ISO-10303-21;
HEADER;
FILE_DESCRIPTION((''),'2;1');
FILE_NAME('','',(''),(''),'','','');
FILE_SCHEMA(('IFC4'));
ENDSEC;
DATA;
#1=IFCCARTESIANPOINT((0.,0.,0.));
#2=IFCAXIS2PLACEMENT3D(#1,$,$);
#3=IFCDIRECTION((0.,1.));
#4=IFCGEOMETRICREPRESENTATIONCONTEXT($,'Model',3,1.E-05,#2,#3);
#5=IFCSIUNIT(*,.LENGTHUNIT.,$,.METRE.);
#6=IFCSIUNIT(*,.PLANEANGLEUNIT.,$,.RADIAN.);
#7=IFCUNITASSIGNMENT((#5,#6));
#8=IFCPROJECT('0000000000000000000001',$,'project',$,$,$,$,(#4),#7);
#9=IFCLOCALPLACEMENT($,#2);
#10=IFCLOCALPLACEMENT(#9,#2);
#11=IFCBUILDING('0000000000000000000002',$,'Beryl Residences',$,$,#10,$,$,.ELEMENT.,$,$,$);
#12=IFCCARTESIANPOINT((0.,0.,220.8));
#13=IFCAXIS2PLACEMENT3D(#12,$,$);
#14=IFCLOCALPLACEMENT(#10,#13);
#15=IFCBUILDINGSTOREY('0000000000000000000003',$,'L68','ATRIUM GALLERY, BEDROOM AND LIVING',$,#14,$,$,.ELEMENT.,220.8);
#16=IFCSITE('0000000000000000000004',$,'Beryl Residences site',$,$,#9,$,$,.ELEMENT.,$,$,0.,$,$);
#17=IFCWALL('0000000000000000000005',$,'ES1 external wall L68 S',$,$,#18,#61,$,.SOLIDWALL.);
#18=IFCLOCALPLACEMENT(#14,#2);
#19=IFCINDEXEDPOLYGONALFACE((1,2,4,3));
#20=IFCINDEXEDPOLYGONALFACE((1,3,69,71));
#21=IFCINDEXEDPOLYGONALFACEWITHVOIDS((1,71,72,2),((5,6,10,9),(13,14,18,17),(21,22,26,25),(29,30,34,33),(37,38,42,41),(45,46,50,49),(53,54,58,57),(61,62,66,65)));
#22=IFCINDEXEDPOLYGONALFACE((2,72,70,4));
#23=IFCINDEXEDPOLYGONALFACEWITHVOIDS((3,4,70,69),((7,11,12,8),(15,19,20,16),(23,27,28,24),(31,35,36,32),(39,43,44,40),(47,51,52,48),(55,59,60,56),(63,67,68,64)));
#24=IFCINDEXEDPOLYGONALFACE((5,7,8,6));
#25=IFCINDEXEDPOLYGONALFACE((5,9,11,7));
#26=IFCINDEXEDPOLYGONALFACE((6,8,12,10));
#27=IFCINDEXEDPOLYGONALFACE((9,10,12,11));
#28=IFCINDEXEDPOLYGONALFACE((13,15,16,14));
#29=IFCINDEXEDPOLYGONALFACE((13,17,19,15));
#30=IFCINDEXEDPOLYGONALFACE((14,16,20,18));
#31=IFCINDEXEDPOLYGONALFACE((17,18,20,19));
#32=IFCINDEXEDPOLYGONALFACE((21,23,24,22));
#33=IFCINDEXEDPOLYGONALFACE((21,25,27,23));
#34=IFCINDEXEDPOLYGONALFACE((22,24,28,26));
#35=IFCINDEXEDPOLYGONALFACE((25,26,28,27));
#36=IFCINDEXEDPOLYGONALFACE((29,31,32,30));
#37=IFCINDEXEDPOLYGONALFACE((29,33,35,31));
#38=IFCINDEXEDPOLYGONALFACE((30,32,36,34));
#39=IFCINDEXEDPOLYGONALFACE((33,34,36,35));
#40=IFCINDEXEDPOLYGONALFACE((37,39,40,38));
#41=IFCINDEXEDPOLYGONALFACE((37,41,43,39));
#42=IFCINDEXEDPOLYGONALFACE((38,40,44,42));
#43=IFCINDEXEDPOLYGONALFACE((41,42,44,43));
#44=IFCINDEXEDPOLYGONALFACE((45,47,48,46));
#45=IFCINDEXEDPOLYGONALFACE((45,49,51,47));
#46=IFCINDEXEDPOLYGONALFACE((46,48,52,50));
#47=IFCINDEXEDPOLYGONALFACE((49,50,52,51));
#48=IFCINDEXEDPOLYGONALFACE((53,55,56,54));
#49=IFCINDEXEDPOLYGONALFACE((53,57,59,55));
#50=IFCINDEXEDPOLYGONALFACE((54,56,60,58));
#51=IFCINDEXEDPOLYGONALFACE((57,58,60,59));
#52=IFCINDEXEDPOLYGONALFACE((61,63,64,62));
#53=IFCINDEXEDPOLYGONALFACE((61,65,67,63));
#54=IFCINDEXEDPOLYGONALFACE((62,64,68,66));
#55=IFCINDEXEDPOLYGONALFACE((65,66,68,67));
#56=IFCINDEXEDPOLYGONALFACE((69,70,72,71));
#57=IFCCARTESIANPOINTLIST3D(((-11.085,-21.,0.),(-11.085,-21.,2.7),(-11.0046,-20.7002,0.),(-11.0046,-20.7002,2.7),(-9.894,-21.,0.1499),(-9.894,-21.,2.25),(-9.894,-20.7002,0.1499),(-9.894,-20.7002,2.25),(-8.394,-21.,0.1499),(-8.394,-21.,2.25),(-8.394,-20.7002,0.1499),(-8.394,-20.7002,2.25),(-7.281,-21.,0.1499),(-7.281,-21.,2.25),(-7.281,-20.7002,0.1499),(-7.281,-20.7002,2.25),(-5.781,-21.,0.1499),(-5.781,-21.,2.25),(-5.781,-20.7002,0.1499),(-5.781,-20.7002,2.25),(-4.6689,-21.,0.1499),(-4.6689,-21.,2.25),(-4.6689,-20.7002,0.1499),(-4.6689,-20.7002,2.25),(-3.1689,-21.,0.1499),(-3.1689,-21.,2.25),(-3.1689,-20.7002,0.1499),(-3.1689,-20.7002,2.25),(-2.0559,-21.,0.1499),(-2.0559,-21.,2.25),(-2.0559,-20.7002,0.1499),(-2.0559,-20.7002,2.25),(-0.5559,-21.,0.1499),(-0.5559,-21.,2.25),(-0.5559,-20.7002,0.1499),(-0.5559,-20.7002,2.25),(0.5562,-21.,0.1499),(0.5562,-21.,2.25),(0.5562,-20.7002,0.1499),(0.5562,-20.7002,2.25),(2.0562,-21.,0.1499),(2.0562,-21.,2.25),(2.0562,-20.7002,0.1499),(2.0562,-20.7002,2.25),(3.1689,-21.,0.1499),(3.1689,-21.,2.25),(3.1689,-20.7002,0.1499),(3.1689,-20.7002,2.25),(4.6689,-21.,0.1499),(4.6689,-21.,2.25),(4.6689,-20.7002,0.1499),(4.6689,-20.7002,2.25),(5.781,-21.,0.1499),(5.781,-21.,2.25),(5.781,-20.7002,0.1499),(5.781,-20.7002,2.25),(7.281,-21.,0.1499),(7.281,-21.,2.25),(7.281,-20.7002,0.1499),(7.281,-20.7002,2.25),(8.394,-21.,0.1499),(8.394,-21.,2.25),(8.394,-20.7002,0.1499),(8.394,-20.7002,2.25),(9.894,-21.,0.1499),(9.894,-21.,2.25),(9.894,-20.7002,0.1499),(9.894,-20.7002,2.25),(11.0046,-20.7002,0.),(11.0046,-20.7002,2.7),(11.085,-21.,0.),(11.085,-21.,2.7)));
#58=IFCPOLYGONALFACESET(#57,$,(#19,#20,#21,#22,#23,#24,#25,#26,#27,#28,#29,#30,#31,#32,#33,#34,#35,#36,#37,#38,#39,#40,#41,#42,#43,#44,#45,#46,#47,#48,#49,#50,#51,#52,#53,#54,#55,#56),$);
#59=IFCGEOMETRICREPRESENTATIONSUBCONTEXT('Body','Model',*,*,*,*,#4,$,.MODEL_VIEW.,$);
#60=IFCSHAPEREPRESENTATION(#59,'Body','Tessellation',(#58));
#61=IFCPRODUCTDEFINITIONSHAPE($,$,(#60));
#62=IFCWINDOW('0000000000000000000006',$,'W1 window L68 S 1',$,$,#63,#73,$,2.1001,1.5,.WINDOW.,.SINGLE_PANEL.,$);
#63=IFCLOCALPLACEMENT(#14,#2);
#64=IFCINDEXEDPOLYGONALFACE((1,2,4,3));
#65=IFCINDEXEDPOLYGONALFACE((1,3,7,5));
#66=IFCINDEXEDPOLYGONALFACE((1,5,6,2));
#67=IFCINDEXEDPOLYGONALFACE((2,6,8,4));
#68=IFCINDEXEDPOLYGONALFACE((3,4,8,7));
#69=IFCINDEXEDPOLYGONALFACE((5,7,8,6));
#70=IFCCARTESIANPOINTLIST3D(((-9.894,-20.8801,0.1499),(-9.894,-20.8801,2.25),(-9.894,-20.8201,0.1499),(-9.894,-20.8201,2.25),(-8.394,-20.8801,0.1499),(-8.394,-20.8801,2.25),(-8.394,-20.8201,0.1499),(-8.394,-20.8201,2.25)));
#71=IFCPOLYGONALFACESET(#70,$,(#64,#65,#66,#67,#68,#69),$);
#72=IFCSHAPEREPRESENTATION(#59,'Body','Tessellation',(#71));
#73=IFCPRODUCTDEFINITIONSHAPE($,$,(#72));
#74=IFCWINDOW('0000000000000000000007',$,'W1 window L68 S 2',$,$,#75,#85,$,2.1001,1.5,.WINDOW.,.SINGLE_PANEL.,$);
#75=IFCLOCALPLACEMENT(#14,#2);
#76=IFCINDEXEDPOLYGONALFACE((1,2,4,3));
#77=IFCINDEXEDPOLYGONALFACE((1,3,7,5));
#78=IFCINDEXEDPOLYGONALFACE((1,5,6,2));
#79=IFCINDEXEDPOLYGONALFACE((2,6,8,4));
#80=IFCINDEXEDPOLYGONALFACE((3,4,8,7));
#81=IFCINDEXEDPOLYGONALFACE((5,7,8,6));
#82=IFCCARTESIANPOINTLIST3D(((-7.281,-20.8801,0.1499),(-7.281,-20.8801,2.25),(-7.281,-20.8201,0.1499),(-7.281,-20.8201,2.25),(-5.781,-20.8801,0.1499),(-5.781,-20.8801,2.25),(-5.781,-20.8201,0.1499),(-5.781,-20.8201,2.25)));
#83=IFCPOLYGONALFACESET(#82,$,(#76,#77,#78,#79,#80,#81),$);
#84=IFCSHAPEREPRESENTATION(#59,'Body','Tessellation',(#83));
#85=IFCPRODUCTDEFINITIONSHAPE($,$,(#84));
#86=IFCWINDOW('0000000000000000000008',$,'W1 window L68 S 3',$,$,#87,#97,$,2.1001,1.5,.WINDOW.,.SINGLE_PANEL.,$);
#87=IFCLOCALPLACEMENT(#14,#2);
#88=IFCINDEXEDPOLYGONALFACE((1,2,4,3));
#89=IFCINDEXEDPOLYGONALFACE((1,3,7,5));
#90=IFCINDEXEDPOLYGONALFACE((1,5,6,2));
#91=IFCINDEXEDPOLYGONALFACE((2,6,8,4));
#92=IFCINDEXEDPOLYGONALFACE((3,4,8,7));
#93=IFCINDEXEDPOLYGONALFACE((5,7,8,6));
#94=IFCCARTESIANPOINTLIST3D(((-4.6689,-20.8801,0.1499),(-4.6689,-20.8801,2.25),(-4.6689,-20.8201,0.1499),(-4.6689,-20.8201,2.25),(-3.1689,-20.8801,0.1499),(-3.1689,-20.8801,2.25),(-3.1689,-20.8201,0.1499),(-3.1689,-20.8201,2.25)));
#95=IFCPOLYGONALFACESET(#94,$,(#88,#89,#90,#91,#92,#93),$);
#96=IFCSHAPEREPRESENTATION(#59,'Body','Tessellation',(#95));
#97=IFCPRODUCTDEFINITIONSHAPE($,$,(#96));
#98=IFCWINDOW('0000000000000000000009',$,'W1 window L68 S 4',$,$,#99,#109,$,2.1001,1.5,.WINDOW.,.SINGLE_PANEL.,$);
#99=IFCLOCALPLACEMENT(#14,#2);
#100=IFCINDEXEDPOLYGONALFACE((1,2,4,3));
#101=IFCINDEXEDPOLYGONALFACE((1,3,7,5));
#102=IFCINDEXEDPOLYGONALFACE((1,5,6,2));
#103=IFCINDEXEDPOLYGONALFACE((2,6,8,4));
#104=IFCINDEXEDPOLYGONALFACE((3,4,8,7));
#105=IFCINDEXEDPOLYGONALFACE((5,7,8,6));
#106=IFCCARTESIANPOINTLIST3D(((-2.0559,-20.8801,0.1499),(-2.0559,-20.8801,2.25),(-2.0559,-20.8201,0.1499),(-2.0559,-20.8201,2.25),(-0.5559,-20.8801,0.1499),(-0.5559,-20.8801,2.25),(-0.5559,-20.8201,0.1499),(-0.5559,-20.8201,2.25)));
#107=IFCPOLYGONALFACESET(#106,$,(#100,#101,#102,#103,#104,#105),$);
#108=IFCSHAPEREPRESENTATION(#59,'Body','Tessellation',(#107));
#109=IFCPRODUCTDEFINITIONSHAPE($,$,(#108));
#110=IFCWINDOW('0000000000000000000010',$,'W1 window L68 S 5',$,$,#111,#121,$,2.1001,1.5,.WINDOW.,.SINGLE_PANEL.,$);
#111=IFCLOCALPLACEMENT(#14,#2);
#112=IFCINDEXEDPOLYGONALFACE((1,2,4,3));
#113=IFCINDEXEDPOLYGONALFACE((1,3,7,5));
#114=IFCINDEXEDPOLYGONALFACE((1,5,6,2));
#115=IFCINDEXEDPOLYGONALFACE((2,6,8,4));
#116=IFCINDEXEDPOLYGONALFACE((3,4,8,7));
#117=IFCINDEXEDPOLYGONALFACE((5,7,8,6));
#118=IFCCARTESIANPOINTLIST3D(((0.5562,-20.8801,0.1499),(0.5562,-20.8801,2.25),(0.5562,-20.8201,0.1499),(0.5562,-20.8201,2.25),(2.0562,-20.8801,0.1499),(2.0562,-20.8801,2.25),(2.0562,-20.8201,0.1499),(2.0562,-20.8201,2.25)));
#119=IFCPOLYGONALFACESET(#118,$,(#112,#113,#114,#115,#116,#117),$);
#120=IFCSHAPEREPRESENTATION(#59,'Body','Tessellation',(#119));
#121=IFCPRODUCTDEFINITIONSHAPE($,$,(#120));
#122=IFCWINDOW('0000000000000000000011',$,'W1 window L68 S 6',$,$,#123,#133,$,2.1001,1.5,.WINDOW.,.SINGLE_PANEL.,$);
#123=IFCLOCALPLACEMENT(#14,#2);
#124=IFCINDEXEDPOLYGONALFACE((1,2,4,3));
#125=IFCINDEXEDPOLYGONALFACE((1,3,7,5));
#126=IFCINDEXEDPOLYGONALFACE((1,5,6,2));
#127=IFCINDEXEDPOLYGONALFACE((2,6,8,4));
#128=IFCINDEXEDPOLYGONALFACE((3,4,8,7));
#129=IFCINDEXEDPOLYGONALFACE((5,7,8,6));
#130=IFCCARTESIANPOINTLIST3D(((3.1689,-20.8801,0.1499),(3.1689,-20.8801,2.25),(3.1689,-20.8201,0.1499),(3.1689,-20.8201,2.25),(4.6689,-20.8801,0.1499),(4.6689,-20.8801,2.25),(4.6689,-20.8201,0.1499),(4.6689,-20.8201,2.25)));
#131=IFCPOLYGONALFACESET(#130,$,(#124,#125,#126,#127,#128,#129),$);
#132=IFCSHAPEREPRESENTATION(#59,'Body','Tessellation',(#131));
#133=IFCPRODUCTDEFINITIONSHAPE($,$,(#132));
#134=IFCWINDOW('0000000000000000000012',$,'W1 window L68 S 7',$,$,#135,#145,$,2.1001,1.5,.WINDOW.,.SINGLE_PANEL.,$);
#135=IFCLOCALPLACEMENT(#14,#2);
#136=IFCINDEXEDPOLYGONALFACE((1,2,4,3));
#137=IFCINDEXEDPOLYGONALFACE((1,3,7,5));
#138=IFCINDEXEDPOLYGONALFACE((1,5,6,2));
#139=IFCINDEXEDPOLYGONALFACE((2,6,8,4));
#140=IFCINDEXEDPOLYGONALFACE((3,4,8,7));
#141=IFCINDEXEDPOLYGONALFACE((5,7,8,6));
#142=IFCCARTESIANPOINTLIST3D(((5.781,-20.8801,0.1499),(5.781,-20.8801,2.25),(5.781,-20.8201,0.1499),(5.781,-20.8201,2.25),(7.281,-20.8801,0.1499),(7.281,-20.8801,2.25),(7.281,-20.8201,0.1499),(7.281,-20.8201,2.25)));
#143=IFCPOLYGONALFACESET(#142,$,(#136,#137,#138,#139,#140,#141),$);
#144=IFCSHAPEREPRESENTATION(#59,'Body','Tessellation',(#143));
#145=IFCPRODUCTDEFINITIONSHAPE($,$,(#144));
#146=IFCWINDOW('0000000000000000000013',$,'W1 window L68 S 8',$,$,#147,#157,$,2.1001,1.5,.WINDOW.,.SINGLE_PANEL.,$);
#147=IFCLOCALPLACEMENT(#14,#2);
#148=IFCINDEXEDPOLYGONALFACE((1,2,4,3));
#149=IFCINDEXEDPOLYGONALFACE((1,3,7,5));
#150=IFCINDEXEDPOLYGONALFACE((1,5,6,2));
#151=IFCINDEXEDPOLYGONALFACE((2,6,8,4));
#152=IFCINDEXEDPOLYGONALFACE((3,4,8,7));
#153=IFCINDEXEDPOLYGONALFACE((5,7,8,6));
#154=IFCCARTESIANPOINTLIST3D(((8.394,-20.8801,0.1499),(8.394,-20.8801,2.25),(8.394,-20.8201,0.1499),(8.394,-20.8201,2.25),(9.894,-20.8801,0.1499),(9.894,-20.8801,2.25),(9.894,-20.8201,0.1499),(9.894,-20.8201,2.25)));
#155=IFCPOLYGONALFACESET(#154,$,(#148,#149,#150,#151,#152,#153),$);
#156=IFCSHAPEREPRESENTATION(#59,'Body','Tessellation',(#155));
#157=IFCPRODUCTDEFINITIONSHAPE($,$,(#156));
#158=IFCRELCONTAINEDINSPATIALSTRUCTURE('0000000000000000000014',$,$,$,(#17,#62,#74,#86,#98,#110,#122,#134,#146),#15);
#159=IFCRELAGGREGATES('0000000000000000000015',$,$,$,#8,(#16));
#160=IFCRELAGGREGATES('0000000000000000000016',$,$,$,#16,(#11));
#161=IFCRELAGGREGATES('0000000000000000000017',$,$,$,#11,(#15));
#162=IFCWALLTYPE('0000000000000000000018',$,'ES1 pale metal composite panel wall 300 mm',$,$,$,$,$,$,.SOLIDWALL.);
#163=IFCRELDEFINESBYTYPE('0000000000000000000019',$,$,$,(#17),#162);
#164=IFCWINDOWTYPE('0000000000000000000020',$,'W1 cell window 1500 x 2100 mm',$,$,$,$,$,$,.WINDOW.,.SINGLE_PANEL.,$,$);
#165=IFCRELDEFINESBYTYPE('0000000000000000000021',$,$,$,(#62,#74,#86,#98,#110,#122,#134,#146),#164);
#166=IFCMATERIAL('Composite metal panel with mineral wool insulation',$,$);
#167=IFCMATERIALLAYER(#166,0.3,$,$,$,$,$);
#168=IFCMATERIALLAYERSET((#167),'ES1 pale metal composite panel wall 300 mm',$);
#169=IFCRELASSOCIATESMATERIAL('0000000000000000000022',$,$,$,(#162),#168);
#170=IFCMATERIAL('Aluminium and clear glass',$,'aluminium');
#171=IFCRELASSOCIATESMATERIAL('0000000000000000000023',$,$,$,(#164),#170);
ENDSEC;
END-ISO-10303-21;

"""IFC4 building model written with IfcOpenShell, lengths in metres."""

from ifc_helpers import new_model, si_unit, direction, frame, frame_2d, origin, place, context, subcontext, project, spatial, polyline, rectangle, outline, extrude, material, layer, layer_set, type_object, element, fill, save


model = new_model("IFC4")

# Units and contexts
model_context = context("Model", 3, precision=1e-05, world=origin(), true_north=direction((0.0, 1.0)))
body_context = subcontext(model_context, "Body", "Model", "MODEL_VIEW")
ifc_project = project(units=[si_unit("LENGTHUNIT", "METRE"), si_unit("PLANEANGLEUNIT", "RADIAN")], contexts=[model_context])

# Site, building, storey
site_placement = place(None, origin())
site = spatial("IfcSite", under=ifc_project, at=site_placement, Name="Beryl Residences site", CompositionType="ELEMENT", RefElevation=0.0)
building_placement = place(site_placement, origin())
building = spatial("IfcBuilding", under=site, at=building_placement, Name="Beryl Residences", CompositionType="ELEMENT")
storey_placement = place(building_placement, frame((0.0, 0.0, 220.8)))
storey = spatial("IfcBuildingStorey", under=building, at=storey_placement, Name="L68", Description="ATRIUM GALLERY, BEDROOM AND LIVING", CompositionType="ELEMENT", Elevation=220.8)

# Wall, openings, windows
ifc_material_1 = material(Name="Composite metal panel with mineral wool insulation")
ifc_layer_1 = layer(ifc_material_1, 0.3)
ifc_layer_set_1 = layer_set([ifc_layer_1], Name="ES1 pale metal composite panel wall 300 mm")
wall_type_1 = type_object("IfcWallType", Name="ES1 pale metal composite panel wall 300 mm", PredefinedType="SOLIDWALL", material=ifc_layer_set_1)
wall_1_placement = place(storey_placement, frame((-11.085, -20.8501, 0.0), z_axis=(0.0, 0.0, 1.0), x_axis=(1.0, 0.0, 0.0)))
wall_1 = element("IfcWall", 1, at=wall_1_placement, inside=storey, type_object=wall_type_1, Name="ES1 external wall L68 S", PredefinedType="SOLIDWALL", context=body_context, shape_type="SweptSolid", body=[
    extrude(outline(polyline([(0.0, -0.1499), (22.1699, -0.1499), (22.0896, 0.1499), (0.0803, 0.1499), (0.0, -0.1499)])), origin(), (0.0, 0.0, 1.0), 2.7),
])
opening_1_placement = place(wall_1_placement, frame((1.1909, 0.0, 0.1499)))
opening_1 = element("IfcOpeningElement", 2, at=opening_1_placement, cuts=wall_1, PredefinedType="OPENING", context=body_context, shape_type="SweptSolid", body=[
    extrude(rectangle(XDim=1.5, YDim=2.1001, at=frame_2d((0.75, 1.05))), frame((0.0, 0.1599, 0.0), z_axis=(0.0, -1.0, 0.0), x_axis=(1.0, 0.0, 0.0)), (0.0, 0.0, 1.0), 0.3201),
])
opening_2_placement = place(wall_1_placement, frame((3.804, 0.0, 0.1499)))
opening_2 = element("IfcOpeningElement", 3, at=opening_2_placement, cuts=wall_1, PredefinedType="OPENING", context=body_context, shape_type="SweptSolid", body=[
    extrude(rectangle(XDim=1.5, YDim=2.1001, at=frame_2d((0.75, 1.05))), frame((0.0, 0.1599, 0.0), z_axis=(0.0, -1.0, 0.0), x_axis=(1.0, 0.0, 0.0)), (0.0, 0.0, 1.0), 0.3201),
])
opening_3_placement = place(wall_1_placement, frame((6.416, 0.0, 0.1499)))
opening_3 = element("IfcOpeningElement", 4, at=opening_3_placement, cuts=wall_1, PredefinedType="OPENING", context=body_context, shape_type="SweptSolid", body=[
    extrude(rectangle(XDim=1.5, YDim=2.1001, at=frame_2d((0.75, 1.05))), frame((0.0, 0.1599, 0.0), z_axis=(0.0, -1.0, 0.0), x_axis=(1.0, 0.0, 0.0)), (0.0, 0.0, 1.0), 0.3201),
])
opening_4_placement = place(wall_1_placement, frame((9.0291, 0.0, 0.1499)))
opening_4 = element("IfcOpeningElement", 5, at=opening_4_placement, cuts=wall_1, PredefinedType="OPENING", context=body_context, shape_type="SweptSolid", body=[
    extrude(rectangle(XDim=1.5, YDim=2.1001, at=frame_2d((0.75, 1.05))), frame((0.0, 0.1599, 0.0), z_axis=(0.0, -1.0, 0.0), x_axis=(1.0, 0.0, 0.0)), (0.0, 0.0, 1.0), 0.3201),
])
opening_5_placement = place(wall_1_placement, frame((11.6411, 0.0, 0.1499)))
opening_5 = element("IfcOpeningElement", 6, at=opening_5_placement, cuts=wall_1, PredefinedType="OPENING", context=body_context, shape_type="SweptSolid", body=[
    extrude(rectangle(XDim=1.5, YDim=2.1001, at=frame_2d((0.75, 1.05))), frame((0.0, 0.1599, 0.0), z_axis=(0.0, -1.0, 0.0), x_axis=(1.0, 0.0, 0.0)), (0.0, 0.0, 1.0), 0.3201),
])
opening_6_placement = place(wall_1_placement, frame((14.2539, 0.0, 0.1499)))
opening_6 = element("IfcOpeningElement", 7, at=opening_6_placement, cuts=wall_1, PredefinedType="OPENING", context=body_context, shape_type="SweptSolid", body=[
    extrude(rectangle(XDim=1.5, YDim=2.1001, at=frame_2d((0.75, 1.05))), frame((0.0, 0.1599, 0.0), z_axis=(0.0, -1.0, 0.0), x_axis=(1.0, 0.0, 0.0)), (0.0, 0.0, 1.0), 0.3201),
])
opening_7_placement = place(wall_1_placement, frame((16.866, 0.0, 0.1499)))
opening_7 = element("IfcOpeningElement", 8, at=opening_7_placement, cuts=wall_1, PredefinedType="OPENING", context=body_context, shape_type="SweptSolid", body=[
    extrude(rectangle(XDim=1.5, YDim=2.1001, at=frame_2d((0.75, 1.05))), frame((0.0, 0.1599, 0.0), z_axis=(0.0, -1.0, 0.0), x_axis=(1.0, 0.0, 0.0)), (0.0, 0.0, 1.0), 0.3201),
])
opening_8_placement = place(wall_1_placement, frame((19.479, 0.0, 0.1499)))
opening_8 = element("IfcOpeningElement", 9, at=opening_8_placement, cuts=wall_1, PredefinedType="OPENING", context=body_context, shape_type="SweptSolid", body=[
    extrude(rectangle(XDim=1.5, YDim=2.1001, at=frame_2d((0.75, 1.05))), frame((0.0, 0.1599, 0.0), z_axis=(0.0, -1.0, 0.0), x_axis=(1.0, 0.0, 0.0)), (0.0, 0.0, 1.0), 0.3201),
])
ifc_material_2 = material(Name="Aluminium and clear glass", Category="aluminium")
window_type = type_object("IfcWindowType", Name="W1 cell window 1500 x 2100 mm", PartitioningType="SINGLE_PANEL", PredefinedType="WINDOW", material=ifc_material_2)
window_1_placement = place(opening_1_placement, origin())
window_1 = element("IfcWindow", 10, at=window_1_placement, inside=storey, type_object=window_type, Name="W1 window L68 S 1", OverallHeight=2.1001, OverallWidth=1.5, PartitioningType="SINGLE_PANEL", PredefinedType="WINDOW", context=body_context, shape_type="SweptSolid", body=[
    extrude(rectangle(XDim=1.5, YDim=2.1001, at=frame_2d((0.75, 1.05))), frame((0.0, 0.03, 0.0), z_axis=(0.0, -1.0, 0.0), x_axis=(1.0, 0.0, 0.0)), (0.0, 0.0, 1.0), 0.0601),
])
fill(opening_1, window_1)
window_2_placement = place(opening_2_placement, origin())
window_2 = element("IfcWindow", 11, at=window_2_placement, inside=storey, type_object=window_type, Name="W1 window L68 S 2", OverallHeight=2.1001, OverallWidth=1.5, PartitioningType="SINGLE_PANEL", PredefinedType="WINDOW", context=body_context, shape_type="SweptSolid", body=[
    extrude(rectangle(XDim=1.5, YDim=2.1001, at=frame_2d((0.75, 1.05))), frame((0.0, 0.03, 0.0), z_axis=(0.0, -1.0, 0.0), x_axis=(1.0, 0.0, 0.0)), (0.0, 0.0, 1.0), 0.0601),
])
fill(opening_2, window_2)
window_3_placement = place(opening_3_placement, origin())
window_3 = element("IfcWindow", 12, at=window_3_placement, inside=storey, type_object=window_type, Name="W1 window L68 S 3", OverallHeight=2.1001, OverallWidth=1.5, PartitioningType="SINGLE_PANEL", PredefinedType="WINDOW", context=body_context, shape_type="SweptSolid", body=[
    extrude(rectangle(XDim=1.5, YDim=2.1001, at=frame_2d((0.75, 1.05))), frame((0.0, 0.03, 0.0), z_axis=(0.0, -1.0, 0.0), x_axis=(1.0, 0.0, 0.0)), (0.0, 0.0, 1.0), 0.0601),
])
fill(opening_3, window_3)
window_4_placement = place(opening_4_placement, origin())
window_4 = element("IfcWindow", 13, at=window_4_placement, inside=storey, type_object=window_type, Name="W1 window L68 S 4", OverallHeight=2.1001, OverallWidth=1.5, PartitioningType="SINGLE_PANEL", PredefinedType="WINDOW", context=body_context, shape_type="SweptSolid", body=[
    extrude(rectangle(XDim=1.5, YDim=2.1001, at=frame_2d((0.75, 1.05))), frame((0.0, 0.03, 0.0), z_axis=(0.0, -1.0, 0.0), x_axis=(1.0, 0.0, 0.0)), (0.0, 0.0, 1.0), 0.0601),
])
fill(opening_4, window_4)
window_5_placement = place(opening_5_placement, origin())
window_5 = element("IfcWindow", 14, at=window_5_placement, inside=storey, type_object=window_type, Name="W1 window L68 S 5", OverallHeight=2.1001, OverallWidth=1.5, PartitioningType="SINGLE_PANEL", PredefinedType="WINDOW", context=body_context, shape_type="SweptSolid", body=[
    extrude(rectangle(XDim=1.5, YDim=2.1001, at=frame_2d((0.75, 1.05))), frame((0.0, 0.03, 0.0), z_axis=(0.0, -1.0, 0.0), x_axis=(1.0, 0.0, 0.0)), (0.0, 0.0, 1.0), 0.0601),
])
fill(opening_5, window_5)
window_6_placement = place(opening_6_placement, origin())
window_6 = element("IfcWindow", 15, at=window_6_placement, inside=storey, type_object=window_type, Name="W1 window L68 S 6", OverallHeight=2.1001, OverallWidth=1.5, PartitioningType="SINGLE_PANEL", PredefinedType="WINDOW", context=body_context, shape_type="SweptSolid", body=[
    extrude(rectangle(XDim=1.5, YDim=2.1001, at=frame_2d((0.75, 1.05))), frame((0.0, 0.03, 0.0), z_axis=(0.0, -1.0, 0.0), x_axis=(1.0, 0.0, 0.0)), (0.0, 0.0, 1.0), 0.0601),
])
fill(opening_6, window_6)
window_7_placement = place(opening_7_placement, origin())
window_7 = element("IfcWindow", 16, at=window_7_placement, inside=storey, type_object=window_type, Name="W1 window L68 S 7", OverallHeight=2.1001, OverallWidth=1.5, PartitioningType="SINGLE_PANEL", PredefinedType="WINDOW", context=body_context, shape_type="SweptSolid", body=[
    extrude(rectangle(XDim=1.5, YDim=2.1001, at=frame_2d((0.75, 1.05))), frame((0.0, 0.03, 0.0), z_axis=(0.0, -1.0, 0.0), x_axis=(1.0, 0.0, 0.0)), (0.0, 0.0, 1.0), 0.0601),
])
fill(opening_7, window_7)
window_8_placement = place(opening_8_placement, origin())
window_8 = element("IfcWindow", 17, at=window_8_placement, inside=storey, type_object=window_type, Name="W1 window L68 S 8", OverallHeight=2.1001, OverallWidth=1.5, PartitioningType="SINGLE_PANEL", PredefinedType="WINDOW", context=body_context, shape_type="SweptSolid", body=[
    extrude(rectangle(XDim=1.5, YDim=2.1001, at=frame_2d((0.75, 1.05))), frame((0.0, 0.03, 0.0), z_axis=(0.0, -1.0, 0.0), x_axis=(1.0, 0.0, 0.0)), (0.0, 0.0, 1.0), 0.0601),
])
fill(opening_8, window_8)

save(model, "model.ifc")
